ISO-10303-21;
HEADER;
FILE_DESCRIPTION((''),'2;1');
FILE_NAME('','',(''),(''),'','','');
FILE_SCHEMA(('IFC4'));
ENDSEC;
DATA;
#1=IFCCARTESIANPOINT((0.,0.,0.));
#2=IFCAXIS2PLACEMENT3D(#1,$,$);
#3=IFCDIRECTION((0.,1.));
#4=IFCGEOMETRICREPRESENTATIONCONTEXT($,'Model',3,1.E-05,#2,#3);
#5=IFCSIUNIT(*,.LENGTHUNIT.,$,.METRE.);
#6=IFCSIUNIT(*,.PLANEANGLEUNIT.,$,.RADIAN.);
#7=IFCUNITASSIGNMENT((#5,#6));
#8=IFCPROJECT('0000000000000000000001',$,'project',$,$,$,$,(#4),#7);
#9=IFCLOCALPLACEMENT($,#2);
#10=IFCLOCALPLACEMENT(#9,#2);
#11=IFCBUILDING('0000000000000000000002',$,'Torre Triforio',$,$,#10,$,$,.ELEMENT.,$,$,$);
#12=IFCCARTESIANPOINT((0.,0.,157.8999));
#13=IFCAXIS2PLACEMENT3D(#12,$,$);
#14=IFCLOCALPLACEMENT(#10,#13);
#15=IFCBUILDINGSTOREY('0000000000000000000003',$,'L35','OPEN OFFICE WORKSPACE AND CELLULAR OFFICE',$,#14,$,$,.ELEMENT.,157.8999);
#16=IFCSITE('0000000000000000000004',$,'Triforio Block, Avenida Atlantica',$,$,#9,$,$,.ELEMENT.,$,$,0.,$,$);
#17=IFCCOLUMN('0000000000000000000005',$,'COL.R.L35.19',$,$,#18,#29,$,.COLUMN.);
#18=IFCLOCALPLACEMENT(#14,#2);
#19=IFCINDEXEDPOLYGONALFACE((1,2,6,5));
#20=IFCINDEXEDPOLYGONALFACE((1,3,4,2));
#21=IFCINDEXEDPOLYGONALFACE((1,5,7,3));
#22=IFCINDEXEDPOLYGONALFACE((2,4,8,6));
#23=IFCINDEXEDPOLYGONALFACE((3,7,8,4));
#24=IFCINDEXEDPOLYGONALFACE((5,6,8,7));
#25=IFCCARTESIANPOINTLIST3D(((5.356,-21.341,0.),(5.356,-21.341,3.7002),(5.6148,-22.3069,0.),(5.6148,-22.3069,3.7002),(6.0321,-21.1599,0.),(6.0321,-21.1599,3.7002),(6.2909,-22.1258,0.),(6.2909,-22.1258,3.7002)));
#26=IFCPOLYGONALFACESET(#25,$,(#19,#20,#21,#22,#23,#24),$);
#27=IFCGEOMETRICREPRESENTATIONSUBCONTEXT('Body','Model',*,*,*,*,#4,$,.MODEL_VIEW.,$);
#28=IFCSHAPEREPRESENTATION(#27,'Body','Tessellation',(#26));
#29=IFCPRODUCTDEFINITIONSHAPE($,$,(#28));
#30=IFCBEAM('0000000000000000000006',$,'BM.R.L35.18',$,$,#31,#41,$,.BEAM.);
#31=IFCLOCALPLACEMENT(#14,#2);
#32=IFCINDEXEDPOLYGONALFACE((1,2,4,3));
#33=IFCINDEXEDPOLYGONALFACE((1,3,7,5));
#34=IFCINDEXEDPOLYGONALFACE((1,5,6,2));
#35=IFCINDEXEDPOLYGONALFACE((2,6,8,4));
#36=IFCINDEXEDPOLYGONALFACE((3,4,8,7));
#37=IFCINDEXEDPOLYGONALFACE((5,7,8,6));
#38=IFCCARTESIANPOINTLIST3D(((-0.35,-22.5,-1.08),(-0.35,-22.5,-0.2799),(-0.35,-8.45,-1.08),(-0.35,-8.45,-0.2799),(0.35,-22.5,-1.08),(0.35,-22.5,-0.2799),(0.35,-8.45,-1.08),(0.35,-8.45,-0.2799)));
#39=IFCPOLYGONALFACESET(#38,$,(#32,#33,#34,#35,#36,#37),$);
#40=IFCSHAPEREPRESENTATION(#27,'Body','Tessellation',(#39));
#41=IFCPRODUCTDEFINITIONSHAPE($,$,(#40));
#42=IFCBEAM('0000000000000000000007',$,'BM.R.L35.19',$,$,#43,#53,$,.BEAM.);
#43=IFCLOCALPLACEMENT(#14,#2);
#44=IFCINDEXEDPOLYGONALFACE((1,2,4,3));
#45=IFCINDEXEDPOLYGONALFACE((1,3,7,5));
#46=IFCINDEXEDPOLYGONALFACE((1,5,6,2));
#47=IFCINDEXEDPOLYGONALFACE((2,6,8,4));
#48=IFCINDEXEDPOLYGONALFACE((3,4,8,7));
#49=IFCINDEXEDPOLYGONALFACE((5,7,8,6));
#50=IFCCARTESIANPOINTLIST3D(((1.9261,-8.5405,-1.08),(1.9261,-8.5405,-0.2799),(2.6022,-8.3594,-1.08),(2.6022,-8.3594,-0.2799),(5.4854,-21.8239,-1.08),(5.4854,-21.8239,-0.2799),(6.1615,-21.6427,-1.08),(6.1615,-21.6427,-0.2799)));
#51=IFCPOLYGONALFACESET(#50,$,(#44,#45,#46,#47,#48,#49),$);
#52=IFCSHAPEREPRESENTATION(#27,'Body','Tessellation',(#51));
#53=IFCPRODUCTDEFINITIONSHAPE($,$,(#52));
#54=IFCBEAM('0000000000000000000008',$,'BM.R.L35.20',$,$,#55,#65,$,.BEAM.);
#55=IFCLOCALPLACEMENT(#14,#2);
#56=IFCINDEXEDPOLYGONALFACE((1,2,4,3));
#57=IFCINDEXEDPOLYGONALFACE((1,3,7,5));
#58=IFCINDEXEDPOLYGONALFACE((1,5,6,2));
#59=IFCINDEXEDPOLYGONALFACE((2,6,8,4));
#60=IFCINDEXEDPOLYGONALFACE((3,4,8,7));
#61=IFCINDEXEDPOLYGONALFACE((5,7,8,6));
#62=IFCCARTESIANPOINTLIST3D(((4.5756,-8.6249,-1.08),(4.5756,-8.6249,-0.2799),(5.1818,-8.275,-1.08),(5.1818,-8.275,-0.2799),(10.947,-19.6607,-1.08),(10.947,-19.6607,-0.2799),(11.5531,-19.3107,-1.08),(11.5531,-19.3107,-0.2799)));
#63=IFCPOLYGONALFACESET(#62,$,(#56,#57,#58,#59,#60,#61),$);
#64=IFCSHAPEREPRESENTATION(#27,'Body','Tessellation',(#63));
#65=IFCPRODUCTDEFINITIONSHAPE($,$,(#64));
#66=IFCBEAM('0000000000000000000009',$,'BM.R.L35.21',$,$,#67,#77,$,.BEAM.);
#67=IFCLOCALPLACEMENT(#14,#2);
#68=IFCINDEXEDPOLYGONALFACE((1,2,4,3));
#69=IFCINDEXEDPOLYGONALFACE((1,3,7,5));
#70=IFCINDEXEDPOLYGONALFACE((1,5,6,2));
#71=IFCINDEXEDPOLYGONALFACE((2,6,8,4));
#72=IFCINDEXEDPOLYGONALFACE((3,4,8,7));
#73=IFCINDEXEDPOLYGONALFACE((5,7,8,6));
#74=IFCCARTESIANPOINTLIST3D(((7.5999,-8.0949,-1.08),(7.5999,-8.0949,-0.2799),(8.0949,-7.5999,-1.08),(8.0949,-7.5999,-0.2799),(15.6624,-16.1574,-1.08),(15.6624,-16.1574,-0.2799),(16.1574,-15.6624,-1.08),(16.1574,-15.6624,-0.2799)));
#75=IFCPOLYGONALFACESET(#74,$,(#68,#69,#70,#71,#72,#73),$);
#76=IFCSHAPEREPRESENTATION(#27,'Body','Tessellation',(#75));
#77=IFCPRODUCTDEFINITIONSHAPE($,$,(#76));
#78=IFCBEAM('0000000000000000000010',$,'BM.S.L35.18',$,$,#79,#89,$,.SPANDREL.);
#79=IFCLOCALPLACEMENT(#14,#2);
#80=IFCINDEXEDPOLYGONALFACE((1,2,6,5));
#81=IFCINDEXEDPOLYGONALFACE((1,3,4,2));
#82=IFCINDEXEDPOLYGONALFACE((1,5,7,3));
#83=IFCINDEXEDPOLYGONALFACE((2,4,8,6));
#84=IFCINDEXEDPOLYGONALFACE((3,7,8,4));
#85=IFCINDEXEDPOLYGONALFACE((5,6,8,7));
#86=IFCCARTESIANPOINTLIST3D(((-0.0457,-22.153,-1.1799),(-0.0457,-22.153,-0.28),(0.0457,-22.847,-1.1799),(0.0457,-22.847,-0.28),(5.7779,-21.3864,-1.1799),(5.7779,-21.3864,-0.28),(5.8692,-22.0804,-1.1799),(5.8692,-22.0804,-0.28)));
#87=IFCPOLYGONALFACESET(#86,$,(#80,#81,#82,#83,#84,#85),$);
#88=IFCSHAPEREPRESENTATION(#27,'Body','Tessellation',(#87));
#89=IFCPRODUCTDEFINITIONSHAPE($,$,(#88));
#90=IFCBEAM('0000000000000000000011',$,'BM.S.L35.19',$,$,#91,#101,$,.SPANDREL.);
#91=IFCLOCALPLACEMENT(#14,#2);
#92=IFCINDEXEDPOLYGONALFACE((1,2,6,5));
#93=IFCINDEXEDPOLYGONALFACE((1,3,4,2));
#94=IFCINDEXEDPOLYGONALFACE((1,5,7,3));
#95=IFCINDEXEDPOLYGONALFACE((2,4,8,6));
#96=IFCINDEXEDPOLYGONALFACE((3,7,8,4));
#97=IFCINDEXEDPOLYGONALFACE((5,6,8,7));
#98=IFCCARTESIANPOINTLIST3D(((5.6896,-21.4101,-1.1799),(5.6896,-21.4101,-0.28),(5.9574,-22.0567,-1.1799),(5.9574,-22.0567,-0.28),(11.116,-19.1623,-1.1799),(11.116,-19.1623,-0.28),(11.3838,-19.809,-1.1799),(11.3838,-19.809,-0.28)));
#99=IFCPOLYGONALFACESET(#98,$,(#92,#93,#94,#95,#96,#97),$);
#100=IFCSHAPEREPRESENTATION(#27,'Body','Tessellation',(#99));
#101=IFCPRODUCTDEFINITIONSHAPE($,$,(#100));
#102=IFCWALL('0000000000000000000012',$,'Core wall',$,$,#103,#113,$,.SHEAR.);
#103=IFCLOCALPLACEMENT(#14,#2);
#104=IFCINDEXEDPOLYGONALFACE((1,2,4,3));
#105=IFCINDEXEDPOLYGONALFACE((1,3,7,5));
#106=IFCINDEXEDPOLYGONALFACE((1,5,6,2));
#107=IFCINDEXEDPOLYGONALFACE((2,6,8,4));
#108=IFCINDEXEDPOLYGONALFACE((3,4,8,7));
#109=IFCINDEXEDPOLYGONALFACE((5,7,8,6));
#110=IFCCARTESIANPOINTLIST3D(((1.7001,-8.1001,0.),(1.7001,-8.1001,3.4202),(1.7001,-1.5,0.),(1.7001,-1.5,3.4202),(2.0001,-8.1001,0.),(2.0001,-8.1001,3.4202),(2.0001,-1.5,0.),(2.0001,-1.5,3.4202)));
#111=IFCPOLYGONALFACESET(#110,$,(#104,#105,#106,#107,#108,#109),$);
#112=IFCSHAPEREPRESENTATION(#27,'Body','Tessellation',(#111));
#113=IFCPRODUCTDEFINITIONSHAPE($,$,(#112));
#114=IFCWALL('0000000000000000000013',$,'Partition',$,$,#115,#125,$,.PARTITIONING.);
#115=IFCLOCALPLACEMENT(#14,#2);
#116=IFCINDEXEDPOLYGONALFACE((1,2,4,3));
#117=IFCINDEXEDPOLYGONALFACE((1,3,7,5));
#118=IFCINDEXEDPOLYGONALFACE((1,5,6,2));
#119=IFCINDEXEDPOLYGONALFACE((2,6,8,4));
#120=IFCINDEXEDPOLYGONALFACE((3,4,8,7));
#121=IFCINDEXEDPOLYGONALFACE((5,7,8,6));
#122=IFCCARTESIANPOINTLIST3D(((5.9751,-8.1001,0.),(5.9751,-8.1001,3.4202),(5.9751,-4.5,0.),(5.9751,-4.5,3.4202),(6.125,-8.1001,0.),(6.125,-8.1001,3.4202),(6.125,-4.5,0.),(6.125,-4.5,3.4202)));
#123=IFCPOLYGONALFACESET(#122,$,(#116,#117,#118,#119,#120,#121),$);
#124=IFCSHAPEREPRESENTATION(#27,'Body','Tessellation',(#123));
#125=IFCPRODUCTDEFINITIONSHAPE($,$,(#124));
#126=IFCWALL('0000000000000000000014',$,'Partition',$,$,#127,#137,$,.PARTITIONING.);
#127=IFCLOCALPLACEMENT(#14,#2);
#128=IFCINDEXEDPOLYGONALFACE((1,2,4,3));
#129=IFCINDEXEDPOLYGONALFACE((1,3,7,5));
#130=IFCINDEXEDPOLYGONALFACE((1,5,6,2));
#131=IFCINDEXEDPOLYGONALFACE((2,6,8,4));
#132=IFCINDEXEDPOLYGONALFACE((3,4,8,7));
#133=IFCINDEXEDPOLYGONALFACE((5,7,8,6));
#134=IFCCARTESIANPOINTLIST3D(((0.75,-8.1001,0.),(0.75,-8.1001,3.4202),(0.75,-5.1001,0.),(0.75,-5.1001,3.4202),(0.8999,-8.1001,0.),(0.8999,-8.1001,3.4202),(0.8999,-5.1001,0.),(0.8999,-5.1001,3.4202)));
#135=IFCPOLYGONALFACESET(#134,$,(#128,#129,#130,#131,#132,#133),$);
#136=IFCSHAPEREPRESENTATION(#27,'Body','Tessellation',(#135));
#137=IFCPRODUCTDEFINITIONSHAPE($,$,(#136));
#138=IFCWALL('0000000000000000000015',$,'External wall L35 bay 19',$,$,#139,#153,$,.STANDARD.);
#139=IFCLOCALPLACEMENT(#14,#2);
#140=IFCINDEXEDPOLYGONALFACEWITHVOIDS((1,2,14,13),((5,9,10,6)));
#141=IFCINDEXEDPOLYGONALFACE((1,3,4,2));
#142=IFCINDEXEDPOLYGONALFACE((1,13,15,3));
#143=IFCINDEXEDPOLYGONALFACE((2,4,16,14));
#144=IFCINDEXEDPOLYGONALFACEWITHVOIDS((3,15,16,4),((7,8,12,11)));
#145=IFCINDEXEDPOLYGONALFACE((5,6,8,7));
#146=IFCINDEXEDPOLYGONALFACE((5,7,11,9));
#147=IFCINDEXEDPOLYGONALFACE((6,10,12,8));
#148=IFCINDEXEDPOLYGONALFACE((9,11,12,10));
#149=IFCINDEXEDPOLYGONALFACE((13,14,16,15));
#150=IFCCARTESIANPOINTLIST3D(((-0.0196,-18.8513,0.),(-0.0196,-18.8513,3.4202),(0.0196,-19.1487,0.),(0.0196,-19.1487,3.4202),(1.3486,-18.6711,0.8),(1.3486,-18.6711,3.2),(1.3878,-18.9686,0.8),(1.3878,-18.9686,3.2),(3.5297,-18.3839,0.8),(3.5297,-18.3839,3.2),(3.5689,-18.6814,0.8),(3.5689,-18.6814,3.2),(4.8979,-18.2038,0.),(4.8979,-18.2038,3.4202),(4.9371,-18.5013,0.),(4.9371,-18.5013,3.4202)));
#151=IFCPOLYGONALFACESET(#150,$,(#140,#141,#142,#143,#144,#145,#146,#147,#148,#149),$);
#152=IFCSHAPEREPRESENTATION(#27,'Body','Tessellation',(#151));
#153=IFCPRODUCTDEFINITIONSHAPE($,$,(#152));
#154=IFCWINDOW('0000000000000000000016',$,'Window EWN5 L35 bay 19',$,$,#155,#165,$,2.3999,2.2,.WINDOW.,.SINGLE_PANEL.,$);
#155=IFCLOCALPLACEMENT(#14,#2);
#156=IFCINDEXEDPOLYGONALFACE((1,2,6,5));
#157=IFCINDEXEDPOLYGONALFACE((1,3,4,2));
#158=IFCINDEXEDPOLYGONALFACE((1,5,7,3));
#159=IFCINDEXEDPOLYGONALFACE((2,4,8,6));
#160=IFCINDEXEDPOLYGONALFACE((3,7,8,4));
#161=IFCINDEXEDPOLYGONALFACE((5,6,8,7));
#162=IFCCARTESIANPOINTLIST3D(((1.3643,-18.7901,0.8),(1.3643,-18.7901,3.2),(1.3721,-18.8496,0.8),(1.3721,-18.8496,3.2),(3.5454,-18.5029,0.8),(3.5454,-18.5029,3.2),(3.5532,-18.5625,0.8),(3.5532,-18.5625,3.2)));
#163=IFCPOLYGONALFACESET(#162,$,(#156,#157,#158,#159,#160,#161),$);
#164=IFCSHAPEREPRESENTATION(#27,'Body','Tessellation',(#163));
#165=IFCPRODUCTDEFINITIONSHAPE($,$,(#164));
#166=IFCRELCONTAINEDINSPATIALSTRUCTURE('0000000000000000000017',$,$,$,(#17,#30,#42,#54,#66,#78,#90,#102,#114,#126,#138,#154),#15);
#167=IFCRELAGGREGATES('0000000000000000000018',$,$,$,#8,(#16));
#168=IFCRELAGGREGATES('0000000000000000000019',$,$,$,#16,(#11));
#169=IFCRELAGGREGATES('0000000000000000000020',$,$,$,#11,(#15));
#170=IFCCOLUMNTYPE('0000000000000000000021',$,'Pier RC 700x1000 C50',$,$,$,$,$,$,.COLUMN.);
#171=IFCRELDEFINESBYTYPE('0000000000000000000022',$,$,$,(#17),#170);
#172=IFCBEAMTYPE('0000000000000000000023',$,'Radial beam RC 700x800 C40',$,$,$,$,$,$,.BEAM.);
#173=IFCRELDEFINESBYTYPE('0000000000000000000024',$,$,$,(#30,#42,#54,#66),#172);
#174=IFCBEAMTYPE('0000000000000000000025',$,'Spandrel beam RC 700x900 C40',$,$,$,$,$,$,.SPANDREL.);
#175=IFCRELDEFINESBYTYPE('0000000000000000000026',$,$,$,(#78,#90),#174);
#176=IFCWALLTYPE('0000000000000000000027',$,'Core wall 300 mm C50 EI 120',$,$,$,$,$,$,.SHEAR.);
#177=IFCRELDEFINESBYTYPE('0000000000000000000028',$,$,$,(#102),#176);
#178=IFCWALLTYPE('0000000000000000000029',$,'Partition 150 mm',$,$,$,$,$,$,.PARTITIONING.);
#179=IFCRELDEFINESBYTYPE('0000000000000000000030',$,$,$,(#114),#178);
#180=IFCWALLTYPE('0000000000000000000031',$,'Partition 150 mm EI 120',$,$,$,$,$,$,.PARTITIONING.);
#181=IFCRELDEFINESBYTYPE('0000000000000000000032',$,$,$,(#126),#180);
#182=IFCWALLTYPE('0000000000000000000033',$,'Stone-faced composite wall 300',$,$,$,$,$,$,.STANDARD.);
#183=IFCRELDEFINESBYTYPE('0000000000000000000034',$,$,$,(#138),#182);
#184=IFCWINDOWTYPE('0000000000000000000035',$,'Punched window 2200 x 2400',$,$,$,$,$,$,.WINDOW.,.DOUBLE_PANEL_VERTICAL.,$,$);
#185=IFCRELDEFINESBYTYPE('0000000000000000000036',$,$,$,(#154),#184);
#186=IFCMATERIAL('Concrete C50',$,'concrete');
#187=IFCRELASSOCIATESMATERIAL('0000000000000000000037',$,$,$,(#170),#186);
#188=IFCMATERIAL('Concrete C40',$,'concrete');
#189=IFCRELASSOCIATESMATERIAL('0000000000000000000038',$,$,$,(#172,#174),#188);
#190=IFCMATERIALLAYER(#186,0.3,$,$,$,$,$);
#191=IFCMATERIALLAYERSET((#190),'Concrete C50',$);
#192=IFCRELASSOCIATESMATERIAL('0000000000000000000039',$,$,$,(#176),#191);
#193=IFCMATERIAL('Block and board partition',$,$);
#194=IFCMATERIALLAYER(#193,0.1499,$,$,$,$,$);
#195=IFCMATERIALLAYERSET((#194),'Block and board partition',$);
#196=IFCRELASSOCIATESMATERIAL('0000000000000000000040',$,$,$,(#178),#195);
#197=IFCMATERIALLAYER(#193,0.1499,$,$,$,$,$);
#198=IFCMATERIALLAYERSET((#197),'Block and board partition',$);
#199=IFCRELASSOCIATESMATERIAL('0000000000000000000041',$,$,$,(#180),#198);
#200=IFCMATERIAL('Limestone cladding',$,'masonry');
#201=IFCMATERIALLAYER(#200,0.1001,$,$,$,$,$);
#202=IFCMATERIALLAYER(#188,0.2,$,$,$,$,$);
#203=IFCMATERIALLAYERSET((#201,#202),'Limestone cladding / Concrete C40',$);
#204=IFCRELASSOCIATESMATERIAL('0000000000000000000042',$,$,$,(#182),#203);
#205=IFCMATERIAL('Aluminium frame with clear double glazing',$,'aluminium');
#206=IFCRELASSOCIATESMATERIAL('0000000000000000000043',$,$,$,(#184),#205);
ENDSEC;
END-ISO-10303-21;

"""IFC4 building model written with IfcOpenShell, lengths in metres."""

from ifc_helpers import new_model, si_unit, direction, frame, frame_2d, origin, origin_2d, place, context, subcontext, project, spatial, rectangle, extrude, material, layer, layer_set, material_profile, profile_set, type_object, element, fill, save


model = new_model("IFC4")

# Units and contexts
model_context = context("Model", 3, precision=1e-05, world=origin(), true_north=direction((0.0, 1.0)))
body_context = subcontext(model_context, "Body", "Model", "MODEL_VIEW")
ifc_project = project(units=[si_unit("LENGTHUNIT", "METRE"), si_unit("PLANEANGLEUNIT", "RADIAN")], contexts=[model_context])

# Site, building, storey
site_placement = place(None, origin())
site = spatial("IfcSite", under=ifc_project, at=site_placement, Name="Triforio Block, Avenida Atlantica", CompositionType="ELEMENT", RefElevation=0.0)
building_placement = place(site_placement, origin())
building = spatial("IfcBuilding", under=site, at=building_placement, Name="Torre Triforio", CompositionType="ELEMENT")
storey_placement = place(building_placement, frame((0.0, 0.0, 157.8999)))
storey = spatial("IfcBuildingStorey", under=building, at=storey_placement, Name="L35", Description="OPEN OFFICE WORKSPACE AND CELLULAR OFFICE", CompositionType="ELEMENT", Elevation=157.8999)

# Column
ifc_material_1 = material(Name="Concrete C50", Category="concrete")
ifc_material_profile_1 = material_profile(ifc_material_1, rectangle(XDim=0.7, YDim=1.0, at=origin_2d()), Name="RC 700x1000")
ifc_profile_set_1 = profile_set([ifc_material_profile_1], Name="Concrete C50")
column_type = type_object("IfcColumnType", Name="Pier RC 700x1000 C50", PredefinedType="COLUMN", material=ifc_profile_set_1)
column_placement = place(storey_placement, frame((5.8235, -21.7334, 0.0), z_axis=(0.0, 0.0, 1.0), x_axis=(0.965926, 0.258819, 0.0)))
element("IfcColumn", 1, at=column_placement, inside=storey, type_object=column_type, Name="COL.R.L35.19", PredefinedType="COLUMN", context=body_context, shape_type="SweptSolid", body=[
    extrude(rectangle(XDim=0.7, YDim=1.0, at=origin_2d()), origin(), (0.0, 0.0, 1.0), 3.7002),
])

# Beams
ifc_material_2 = material(Name="Concrete C40", Category="concrete")
ifc_material_profile_2 = material_profile(ifc_material_2, rectangle(XDim=0.7, YDim=0.8, at=origin_2d()), Name="RC 700x800")
ifc_profile_set_2 = profile_set([ifc_material_profile_2], Name="Concrete C40")
beam_type_1 = type_object("IfcBeamType", Name="Radial beam RC 700x800 C40", PredefinedType="BEAM", material=ifc_profile_set_2)
beam_1_placement = place(storey_placement, frame((0.0, -8.45, -0.6799), z_axis=(0.0, -1.0, 0.0), x_axis=(1.0, 0.0, 0.0)))
element("IfcBeam", 2, at=beam_1_placement, inside=storey, type_object=beam_type_1, Name="BM.R.L35.18", PredefinedType="BEAM", context=body_context, shape_type="SweptSolid", body=[
    extrude(rectangle(XDim=0.7, YDim=0.8, at=origin_2d()), origin(), (0.0, 0.0, 1.0), 14.05),
])
beam_2_placement = place(storey_placement, frame((2.2642, -8.45, -0.6799), z_axis=(0.258822, -0.965925, 0.0), x_axis=(0.965925, 0.258822, 0.0)))
element("IfcBeam", 3, at=beam_2_placement, inside=storey, type_object=beam_type_1, Name="BM.R.L35.19", PredefinedType="BEAM", context=body_context, shape_type="SweptSolid", body=[
    extrude(rectangle(XDim=0.7, YDim=0.8, at=origin_2d()), origin(), (0.0, 0.0, 1.0), 13.752),
])
beam_3_placement = place(storey_placement, frame((4.8787, -8.45, -0.6799), z_axis=(0.499994, -0.866029, 0.0), x_axis=(0.866029, 0.499994, 0.0)))
element("IfcBeam", 4, at=beam_3_placement, inside=storey, type_object=beam_type_1, Name="BM.R.L35.20", PredefinedType="BEAM", context=body_context, shape_type="SweptSolid", body=[
    extrude(rectangle(XDim=0.7, YDim=0.8, at=origin_2d()), origin(), (0.0, 0.0, 1.0), 12.7429),
])
beam_4_placement = place(storey_placement, frame((7.8474, -7.8474, -0.6799), z_axis=(0.707107, -0.707107, 0.0), x_axis=(0.707107, 0.707107, 0.0)))
element("IfcBeam", 5, at=beam_4_placement, inside=storey, type_object=beam_type_1, Name="BM.R.L35.21", PredefinedType="BEAM", context=body_context, shape_type="SweptSolid", body=[
    extrude(rectangle(XDim=0.7, YDim=0.8, at=origin_2d()), origin(), (0.0, 0.0, 1.0), 11.4021),
])
ifc_material_profile_3 = material_profile(ifc_material_2, rectangle(XDim=0.7, YDim=0.8999, at=origin_2d()), Name="RC 700x900")
ifc_profile_set_3 = profile_set([ifc_material_profile_3], Name="Concrete C40")
beam_type_2 = type_object("IfcBeamType", Name="Spandrel beam RC 700x900 C40", PredefinedType="SPANDREL", material=ifc_profile_set_3)
beam_5_placement = place(storey_placement, frame((0.0, -22.5, -0.73), z_axis=(0.991447, 0.130514, 0.0), x_axis=(-0.130514, 0.991447, 0.0)))
element("IfcBeam", 6, at=beam_5_placement, inside=storey, type_object=beam_type_2, Name="BM.S.L35.18", PredefinedType="SPANDREL", context=body_context, shape_type="SweptSolid", body=[
    extrude(rectangle(XDim=0.7, YDim=0.8999, at=origin_2d()), origin(), (0.0, 0.0, 1.0), 5.8738),
])
beam_6_placement = place(storey_placement, frame((5.8235, -21.7334, -0.73), z_axis=(0.923875, 0.382693, 0.0), x_axis=(-0.382693, 0.923875, 0.0)))
element("IfcBeam", 7, at=beam_6_placement, inside=storey, type_object=beam_type_2, Name="BM.S.L35.19", PredefinedType="SPANDREL", context=body_context, shape_type="SweptSolid", body=[
    extrude(rectangle(XDim=0.7, YDim=0.8999, at=origin_2d()), origin(), (0.0, 0.0, 1.0), 5.8735),
])

# Walls
ifc_layer_1 = layer(ifc_material_1, 0.3)
ifc_layer_set_1 = layer_set([ifc_layer_1], Name="Concrete C50")
wall_type_1 = type_object("IfcWallType", Name="Core wall 300 mm C50 EI 120", PredefinedType="SHEAR", material=ifc_layer_set_1)
wall_1_placement = place(storey_placement, frame((1.8501, -8.1001, 0.0), z_axis=(0.0, 0.0, 1.0), x_axis=(0.0, 1.0, 0.0)))
element("IfcWall", 8, at=wall_1_placement, inside=storey, type_object=wall_type_1, Name="Core wall", PredefinedType="SHEAR", context=body_context, shape_type="SweptSolid", body=[
    extrude(rectangle(XDim=6.6001, YDim=0.3, at=frame_2d((3.3, 0.0))), origin(), (0.0, 0.0, 1.0), 3.4202),
])
ifc_material_3 = material(Name="Block and board partition")
ifc_layer_2 = layer(ifc_material_3, 0.1499)
ifc_layer_set_2 = layer_set([ifc_layer_2], Name="Block and board partition")
wall_type_2 = type_object("IfcWallType", Name="Partition 150 mm", PredefinedType="PARTITIONING", material=ifc_layer_set_2)
wall_2_placement = place(storey_placement, frame((6.05, -8.1001, 0.0), z_axis=(0.0, 0.0, 1.0), x_axis=(0.0, 1.0, 0.0)))
element("IfcWall", 9, at=wall_2_placement, inside=storey, type_object=wall_type_2, Name="Partition", PredefinedType="PARTITIONING", context=body_context, shape_type="SweptSolid", body=[
    extrude(rectangle(XDim=3.6001, YDim=0.1499, at=frame_2d((1.8, 0.0))), origin(), (0.0, 0.0, 1.0), 3.4202),
])
ifc_layer_3 = layer(ifc_material_3, 0.1499)
ifc_layer_set_3 = layer_set([ifc_layer_3], Name="Block and board partition")
wall_type_3 = type_object("IfcWallType", Name="Partition 150 mm EI 120", PredefinedType="PARTITIONING", material=ifc_layer_set_3)
wall_3_placement = place(storey_placement, frame((0.825, -8.1001, 0.0), z_axis=(0.0, 0.0, 1.0), x_axis=(0.0, 1.0, 0.0)))
element("IfcWall", 10, at=wall_3_placement, inside=storey, type_object=wall_type_3, Name="Partition", PredefinedType="PARTITIONING", context=body_context, shape_type="SweptSolid", body=[
    extrude(rectangle(XDim=3.0, YDim=0.1499, at=frame_2d((1.5, 0.0))), origin(), (0.0, 0.0, 1.0), 3.4202),
])

# Wall, opening, window
ifc_material_4 = material(Name="Limestone cladding", Category="masonry")
ifc_layer_4 = layer(ifc_material_4, 0.1001)
ifc_layer_5 = layer(ifc_material_2, 0.2)
ifc_layer_set_4 = layer_set([ifc_layer_4, ifc_layer_5], Name="Limestone cladding / Concrete C40")
wall_type_4 = type_object("IfcWallType", Name="Stone-faced composite wall 300", PredefinedType="STANDARD", material=ifc_layer_set_4)
wall_4_placement = place(storey_placement, frame((0.0, -19.0, 0.0), z_axis=(0.0, 0.0, 1.0), x_axis=(0.991443, 0.130539, 0.0)))
wall_4 = element("IfcWall", 11, at=wall_4_placement, inside=storey, type_object=wall_type_4, Name="External wall L35 bay 19", PredefinedType="STANDARD", context=body_context, shape_type="SweptSolid", body=[
    extrude(rectangle(XDim=4.96, YDim=0.3, at=frame_2d((2.48, 0.0))), origin(), (0.0, 0.0, 1.0), 3.4202),
])
opening_1_placement = place(wall_4_placement, frame((1.3799, 0.0, 0.8)))
opening_1 = element("IfcOpeningElement", 12, at=opening_1_placement, cuts=wall_4, PredefinedType="OPENING", context=body_context, shape_type="SweptSolid", body=[
    extrude(rectangle(XDim=2.2, YDim=2.3999, at=frame_2d((1.1001, 1.2))), frame((0.0, 0.1599, 0.0), z_axis=(0.0, -1.0, 0.0), x_axis=(1.0, 0.0, 0.0)), (0.0, 0.0, 1.0), 0.3201),
])
ifc_material_5 = material(Name="Aluminium frame with clear double glazing", Category="aluminium")
window_type_1 = type_object("IfcWindowType", Name="Punched window 2200 x 2400", PartitioningType="DOUBLE_PANEL_VERTICAL", PredefinedType="WINDOW", material=ifc_material_5)
window_1_placement = place(opening_1_placement, origin())
window_1 = element("IfcWindow", 13, at=window_1_placement, inside=storey, type_object=window_type_1, Name="Window EWN5 L35 bay 19", OverallHeight=2.3999, OverallWidth=2.2, PartitioningType="SINGLE_PANEL", PredefinedType="WINDOW", context=body_context, shape_type="SweptSolid", body=[
    extrude(rectangle(XDim=2.2, YDim=2.3999, at=frame_2d((1.1001, 1.2))), frame((0.0, 0.03, 0.0), z_axis=(0.0, -1.0, 0.0), x_axis=(1.0, 0.0, 0.0)), (0.0, 0.0, 1.0), 0.0601),
])
fill(opening_1, window_1)

save(model, "model.ifc")
